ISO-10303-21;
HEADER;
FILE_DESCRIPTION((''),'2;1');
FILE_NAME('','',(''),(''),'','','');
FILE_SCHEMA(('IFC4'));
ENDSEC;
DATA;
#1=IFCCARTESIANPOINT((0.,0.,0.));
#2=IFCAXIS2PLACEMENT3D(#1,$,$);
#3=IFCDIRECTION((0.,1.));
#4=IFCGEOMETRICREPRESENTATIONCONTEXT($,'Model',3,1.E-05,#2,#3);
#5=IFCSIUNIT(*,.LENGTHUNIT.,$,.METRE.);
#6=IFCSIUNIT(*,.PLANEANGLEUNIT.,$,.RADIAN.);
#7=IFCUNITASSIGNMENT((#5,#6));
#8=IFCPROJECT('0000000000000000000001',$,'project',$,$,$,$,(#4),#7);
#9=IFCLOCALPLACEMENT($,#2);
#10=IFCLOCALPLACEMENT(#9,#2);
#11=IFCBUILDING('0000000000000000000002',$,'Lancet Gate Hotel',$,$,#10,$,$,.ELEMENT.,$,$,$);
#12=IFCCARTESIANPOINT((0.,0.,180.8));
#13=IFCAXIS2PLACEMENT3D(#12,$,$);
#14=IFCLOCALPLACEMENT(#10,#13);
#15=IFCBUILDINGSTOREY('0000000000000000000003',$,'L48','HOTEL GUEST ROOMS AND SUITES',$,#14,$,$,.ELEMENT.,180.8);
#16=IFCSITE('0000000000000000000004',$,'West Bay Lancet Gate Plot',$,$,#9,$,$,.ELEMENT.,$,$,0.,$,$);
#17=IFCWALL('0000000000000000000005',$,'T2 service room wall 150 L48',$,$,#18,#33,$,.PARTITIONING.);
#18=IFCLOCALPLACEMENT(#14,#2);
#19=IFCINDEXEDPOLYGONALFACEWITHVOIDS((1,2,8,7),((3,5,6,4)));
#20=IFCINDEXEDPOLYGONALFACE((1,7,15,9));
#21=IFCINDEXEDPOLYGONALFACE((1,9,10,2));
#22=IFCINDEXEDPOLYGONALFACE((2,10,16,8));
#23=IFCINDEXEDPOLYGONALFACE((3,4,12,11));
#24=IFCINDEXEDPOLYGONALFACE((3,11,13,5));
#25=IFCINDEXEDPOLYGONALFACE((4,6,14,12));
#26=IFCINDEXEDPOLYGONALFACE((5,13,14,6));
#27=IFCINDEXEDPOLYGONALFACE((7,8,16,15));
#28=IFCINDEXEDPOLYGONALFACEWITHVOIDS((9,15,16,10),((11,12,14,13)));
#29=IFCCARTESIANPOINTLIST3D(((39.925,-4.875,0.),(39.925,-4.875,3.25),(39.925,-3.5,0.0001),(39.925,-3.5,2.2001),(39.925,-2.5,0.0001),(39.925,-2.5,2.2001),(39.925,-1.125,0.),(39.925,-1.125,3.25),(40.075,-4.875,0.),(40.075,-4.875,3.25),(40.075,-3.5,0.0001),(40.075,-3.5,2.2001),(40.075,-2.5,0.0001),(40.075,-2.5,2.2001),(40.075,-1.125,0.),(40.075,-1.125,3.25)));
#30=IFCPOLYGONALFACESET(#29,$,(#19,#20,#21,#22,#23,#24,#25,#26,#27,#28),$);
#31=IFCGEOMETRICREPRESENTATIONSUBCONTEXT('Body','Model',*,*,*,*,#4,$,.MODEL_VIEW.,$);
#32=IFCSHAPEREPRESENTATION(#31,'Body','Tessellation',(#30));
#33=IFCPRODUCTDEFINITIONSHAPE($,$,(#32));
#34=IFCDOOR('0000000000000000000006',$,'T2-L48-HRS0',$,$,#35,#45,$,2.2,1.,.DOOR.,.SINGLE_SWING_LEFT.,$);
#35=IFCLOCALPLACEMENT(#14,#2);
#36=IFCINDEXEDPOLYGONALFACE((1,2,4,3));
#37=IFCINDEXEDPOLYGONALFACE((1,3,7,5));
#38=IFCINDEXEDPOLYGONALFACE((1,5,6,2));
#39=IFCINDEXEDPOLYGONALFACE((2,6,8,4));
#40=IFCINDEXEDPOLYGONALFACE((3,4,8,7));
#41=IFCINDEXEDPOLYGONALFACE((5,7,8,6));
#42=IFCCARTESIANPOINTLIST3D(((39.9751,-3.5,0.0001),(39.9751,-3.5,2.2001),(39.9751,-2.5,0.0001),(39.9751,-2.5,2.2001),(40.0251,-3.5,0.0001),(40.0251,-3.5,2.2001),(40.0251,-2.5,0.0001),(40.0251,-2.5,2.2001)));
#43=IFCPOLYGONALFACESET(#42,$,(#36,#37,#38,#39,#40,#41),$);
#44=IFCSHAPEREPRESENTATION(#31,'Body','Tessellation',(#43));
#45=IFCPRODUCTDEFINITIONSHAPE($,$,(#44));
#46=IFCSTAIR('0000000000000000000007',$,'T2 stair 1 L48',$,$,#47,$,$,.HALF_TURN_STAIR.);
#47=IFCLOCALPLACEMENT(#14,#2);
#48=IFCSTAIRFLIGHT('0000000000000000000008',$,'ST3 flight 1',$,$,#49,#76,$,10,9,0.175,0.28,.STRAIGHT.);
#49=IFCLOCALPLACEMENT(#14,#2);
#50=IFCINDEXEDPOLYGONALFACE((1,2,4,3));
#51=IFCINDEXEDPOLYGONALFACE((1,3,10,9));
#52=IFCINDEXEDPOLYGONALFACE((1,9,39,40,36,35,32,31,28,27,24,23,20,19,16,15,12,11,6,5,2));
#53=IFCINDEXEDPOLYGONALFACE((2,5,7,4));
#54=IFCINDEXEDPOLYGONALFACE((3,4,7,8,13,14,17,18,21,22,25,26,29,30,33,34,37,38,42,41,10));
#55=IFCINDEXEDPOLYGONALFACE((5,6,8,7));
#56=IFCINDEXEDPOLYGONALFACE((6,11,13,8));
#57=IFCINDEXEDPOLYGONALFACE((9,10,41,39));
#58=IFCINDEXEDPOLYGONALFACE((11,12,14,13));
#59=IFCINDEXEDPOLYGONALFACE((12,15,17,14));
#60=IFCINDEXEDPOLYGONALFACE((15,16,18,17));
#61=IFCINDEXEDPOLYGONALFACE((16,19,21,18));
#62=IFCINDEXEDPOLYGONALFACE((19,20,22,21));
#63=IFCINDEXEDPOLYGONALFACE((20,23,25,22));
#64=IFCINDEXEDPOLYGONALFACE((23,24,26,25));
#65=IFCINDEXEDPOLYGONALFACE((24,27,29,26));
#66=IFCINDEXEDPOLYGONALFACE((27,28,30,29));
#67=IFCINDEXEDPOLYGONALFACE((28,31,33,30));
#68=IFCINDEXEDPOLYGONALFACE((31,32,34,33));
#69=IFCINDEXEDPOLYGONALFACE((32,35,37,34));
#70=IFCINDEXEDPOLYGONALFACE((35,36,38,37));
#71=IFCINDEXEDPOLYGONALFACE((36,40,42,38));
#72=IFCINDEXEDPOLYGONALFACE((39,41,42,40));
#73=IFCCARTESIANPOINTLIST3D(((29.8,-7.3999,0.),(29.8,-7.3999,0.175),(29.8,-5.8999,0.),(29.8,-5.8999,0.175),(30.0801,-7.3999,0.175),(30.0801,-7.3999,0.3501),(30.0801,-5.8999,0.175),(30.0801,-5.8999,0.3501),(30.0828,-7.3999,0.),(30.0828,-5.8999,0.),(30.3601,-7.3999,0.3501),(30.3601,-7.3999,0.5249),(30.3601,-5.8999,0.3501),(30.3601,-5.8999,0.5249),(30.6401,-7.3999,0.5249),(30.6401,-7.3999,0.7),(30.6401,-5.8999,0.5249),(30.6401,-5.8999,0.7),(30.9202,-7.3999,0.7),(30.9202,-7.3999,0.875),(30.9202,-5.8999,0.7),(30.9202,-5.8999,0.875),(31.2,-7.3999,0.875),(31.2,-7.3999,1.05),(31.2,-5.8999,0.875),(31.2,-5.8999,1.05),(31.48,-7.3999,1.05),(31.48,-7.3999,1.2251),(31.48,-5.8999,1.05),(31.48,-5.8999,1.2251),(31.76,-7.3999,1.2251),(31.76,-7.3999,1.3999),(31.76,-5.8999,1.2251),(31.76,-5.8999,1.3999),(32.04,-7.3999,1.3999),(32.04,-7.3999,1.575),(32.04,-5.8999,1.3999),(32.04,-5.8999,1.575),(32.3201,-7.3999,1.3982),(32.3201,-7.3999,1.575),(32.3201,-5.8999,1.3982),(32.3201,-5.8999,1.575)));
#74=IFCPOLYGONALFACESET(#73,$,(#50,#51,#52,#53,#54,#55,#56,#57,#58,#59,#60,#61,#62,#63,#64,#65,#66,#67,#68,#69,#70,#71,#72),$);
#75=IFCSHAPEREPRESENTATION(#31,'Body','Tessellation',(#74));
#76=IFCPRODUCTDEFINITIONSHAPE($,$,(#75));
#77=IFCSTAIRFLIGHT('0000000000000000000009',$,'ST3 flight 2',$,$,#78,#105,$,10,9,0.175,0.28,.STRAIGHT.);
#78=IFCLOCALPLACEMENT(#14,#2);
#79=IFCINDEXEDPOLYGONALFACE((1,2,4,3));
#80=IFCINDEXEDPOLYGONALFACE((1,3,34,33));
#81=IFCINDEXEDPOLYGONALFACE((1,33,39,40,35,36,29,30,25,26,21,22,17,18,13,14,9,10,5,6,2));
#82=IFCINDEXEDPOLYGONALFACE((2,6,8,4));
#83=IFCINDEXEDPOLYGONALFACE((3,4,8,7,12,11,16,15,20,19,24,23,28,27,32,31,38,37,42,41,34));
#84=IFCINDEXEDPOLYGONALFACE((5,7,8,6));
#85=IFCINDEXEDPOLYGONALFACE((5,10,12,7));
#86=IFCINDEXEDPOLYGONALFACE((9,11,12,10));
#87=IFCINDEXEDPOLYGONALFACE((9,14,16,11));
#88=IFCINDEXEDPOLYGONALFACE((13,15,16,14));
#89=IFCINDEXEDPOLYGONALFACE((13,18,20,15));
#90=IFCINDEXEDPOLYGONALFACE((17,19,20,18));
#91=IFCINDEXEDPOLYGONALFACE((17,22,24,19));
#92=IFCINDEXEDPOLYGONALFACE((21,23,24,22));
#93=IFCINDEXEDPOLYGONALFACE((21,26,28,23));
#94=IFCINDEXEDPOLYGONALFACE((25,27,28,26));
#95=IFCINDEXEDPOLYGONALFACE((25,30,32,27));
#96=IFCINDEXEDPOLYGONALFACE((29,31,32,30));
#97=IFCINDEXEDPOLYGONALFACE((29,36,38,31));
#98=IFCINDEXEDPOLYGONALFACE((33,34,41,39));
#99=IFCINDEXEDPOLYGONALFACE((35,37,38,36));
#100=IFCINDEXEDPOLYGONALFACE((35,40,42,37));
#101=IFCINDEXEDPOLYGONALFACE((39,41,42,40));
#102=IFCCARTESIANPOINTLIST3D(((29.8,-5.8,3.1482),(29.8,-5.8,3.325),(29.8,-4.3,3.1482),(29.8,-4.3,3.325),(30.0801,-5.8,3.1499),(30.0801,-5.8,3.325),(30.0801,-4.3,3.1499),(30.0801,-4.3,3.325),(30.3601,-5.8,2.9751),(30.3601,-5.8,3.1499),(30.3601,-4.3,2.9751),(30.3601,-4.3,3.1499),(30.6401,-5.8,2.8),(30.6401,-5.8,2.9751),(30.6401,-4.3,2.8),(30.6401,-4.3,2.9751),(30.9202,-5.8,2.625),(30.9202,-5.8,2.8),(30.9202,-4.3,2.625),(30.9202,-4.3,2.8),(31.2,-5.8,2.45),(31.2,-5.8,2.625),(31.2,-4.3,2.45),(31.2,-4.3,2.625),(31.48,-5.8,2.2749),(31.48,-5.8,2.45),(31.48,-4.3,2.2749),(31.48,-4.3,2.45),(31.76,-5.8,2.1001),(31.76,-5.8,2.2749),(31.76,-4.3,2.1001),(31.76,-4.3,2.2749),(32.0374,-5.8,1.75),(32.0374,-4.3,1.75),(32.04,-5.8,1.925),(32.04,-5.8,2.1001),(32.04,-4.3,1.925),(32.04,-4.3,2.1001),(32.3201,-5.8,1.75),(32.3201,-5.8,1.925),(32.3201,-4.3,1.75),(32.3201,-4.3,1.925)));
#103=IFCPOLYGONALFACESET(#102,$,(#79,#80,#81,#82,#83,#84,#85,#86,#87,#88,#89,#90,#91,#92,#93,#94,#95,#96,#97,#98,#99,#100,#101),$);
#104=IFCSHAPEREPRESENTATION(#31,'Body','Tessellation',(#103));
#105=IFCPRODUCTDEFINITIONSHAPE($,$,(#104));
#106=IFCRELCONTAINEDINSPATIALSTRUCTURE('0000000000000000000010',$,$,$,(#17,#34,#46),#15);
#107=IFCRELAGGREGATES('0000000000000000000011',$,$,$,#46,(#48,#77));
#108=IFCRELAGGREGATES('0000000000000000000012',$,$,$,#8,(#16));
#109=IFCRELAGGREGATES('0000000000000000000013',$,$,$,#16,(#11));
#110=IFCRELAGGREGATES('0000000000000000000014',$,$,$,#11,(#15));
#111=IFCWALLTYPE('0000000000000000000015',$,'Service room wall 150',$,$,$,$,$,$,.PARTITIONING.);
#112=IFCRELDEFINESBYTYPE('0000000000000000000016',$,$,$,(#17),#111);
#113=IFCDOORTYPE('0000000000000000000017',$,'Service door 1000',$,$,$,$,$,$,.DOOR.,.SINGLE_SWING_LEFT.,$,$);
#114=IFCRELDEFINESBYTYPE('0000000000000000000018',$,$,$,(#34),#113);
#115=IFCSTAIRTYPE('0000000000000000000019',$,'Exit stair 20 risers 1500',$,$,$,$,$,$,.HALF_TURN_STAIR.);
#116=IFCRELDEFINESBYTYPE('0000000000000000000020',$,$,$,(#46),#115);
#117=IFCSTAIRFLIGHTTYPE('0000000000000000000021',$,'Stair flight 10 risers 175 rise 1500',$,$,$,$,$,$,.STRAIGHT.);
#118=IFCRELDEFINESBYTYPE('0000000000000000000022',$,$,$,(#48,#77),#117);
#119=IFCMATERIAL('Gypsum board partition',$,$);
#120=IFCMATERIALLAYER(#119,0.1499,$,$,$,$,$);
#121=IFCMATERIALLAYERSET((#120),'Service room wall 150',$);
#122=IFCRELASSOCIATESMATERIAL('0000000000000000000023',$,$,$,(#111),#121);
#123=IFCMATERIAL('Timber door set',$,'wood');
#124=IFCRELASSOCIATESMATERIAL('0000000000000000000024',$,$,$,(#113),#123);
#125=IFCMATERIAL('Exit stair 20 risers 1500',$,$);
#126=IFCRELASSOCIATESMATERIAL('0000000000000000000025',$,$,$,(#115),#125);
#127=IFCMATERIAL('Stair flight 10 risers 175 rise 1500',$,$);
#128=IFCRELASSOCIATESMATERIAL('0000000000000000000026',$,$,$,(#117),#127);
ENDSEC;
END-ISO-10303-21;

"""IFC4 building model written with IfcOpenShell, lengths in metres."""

from ifc_helpers import new_model, si_unit, direction, frame, frame_2d, origin, place, context, subcontext, project, spatial, polyline, rectangle, outline, extrude, material, layer, layer_set, type_object, element, fill, aggregate, save


model = new_model("IFC4")

# Units and contexts
model_context = context("Model", 3, precision=1e-05, world=origin(), true_north=direction((0.0, 1.0)))
body_context = subcontext(model_context, "Body", "Model", "MODEL_VIEW")
ifc_project = project(units=[si_unit("LENGTHUNIT", "METRE"), si_unit("PLANEANGLEUNIT", "RADIAN")], contexts=[model_context])

# Site, building, storey
site_placement = place(None, origin())
site = spatial("IfcSite", under=ifc_project, at=site_placement, Name="West Bay Lancet Gate Plot", CompositionType="ELEMENT", RefElevation=0.0)
building_placement = place(site_placement, origin())
building = spatial("IfcBuilding", under=site, at=building_placement, Name="Lancet Gate Hotel", CompositionType="ELEMENT")
storey_placement = place(building_placement, frame((0.0, 0.0, 180.8)))
storey = spatial("IfcBuildingStorey", under=building, at=storey_placement, Name="L48", Description="HOTEL GUEST ROOMS AND SUITES", CompositionType="ELEMENT", Elevation=180.8)

# Shared definitions
ifc_material_1 = material(Name="Gypsum board partition")
ifc_layer_1 = layer(ifc_material_1, 0.1499)
ifc_layer_set_1 = layer_set([ifc_layer_1], Name="Service room wall 150")
wall_type_1 = type_object("IfcWallType", Name="Service room wall 150", PredefinedType="PARTITIONING", material=ifc_layer_set_1)

# Wall, opening, door
wall_1_placement = place(storey_placement, frame((40.0, -4.875, 0.0), z_axis=(0.0, 0.0, 1.0), x_axis=(0.0, 1.0, 0.0)))
wall_1 = element("IfcWall", 1, at=wall_1_placement, inside=storey, type_object=wall_type_1, Name="T2 service room wall 150 L48", PredefinedType="PARTITIONING", context=body_context, shape_type="SweptSolid", body=[
    extrude(rectangle(XDim=3.75, YDim=0.1499, at=frame_2d((1.875, 0.0))), origin(), (0.0, 0.0, 1.0), 3.25),
])
opening_1_placement = place(wall_1_placement, frame((1.375, 0.0, 0.0)))
opening_1 = element("IfcOpeningElement", 2, at=opening_1_placement, cuts=wall_1, PredefinedType="OPENING", context=body_context, shape_type="SweptSolid", body=[
    extrude(rectangle(XDim=1.0, YDim=2.2, at=frame_2d((0.5, 1.1001))), frame((0.0, 0.085, 0.0), z_axis=(0.0, -1.0, 0.0), x_axis=(1.0, 0.0, 0.0)), (0.0, 0.0, 1.0), 0.1699),
])
ifc_material_2 = material(Name="Timber door set", Category="wood")
door_type_1 = type_object("IfcDoorType", Name="Service door 1000", OperationType="SINGLE_SWING_LEFT", PredefinedType="DOOR", material=ifc_material_2)
door_1_placement = place(opening_1_placement, origin())
door_1 = element("IfcDoor", 3, at=door_1_placement, inside=storey, type_object=door_type_1, Name="T2-L48-HRS0", OperationType="SINGLE_SWING_LEFT", OverallHeight=2.2, OverallWidth=1.0, PredefinedType="DOOR", context=body_context, shape_type="SweptSolid", body=[
    extrude(rectangle(XDim=1.0, YDim=2.2, at=frame_2d((0.5, 1.1001))), frame((0.0, 0.0249, 0.0), z_axis=(0.0, -1.0, 0.0), x_axis=(1.0, 0.0, 0.0)), (0.0, 0.0, 1.0), 0.05),
])
fill(opening_1, door_1)

# Stair, stair flights
ifc_material_3 = material(Name="Exit stair 20 risers 1500")
stair_type = type_object("IfcStairType", Name="Exit stair 20 risers 1500", PredefinedType="HALF_TURN_STAIR", material=ifc_material_3)
stair_placement = place(storey_placement, origin())
stair = element("IfcStair", 4, at=stair_placement, inside=storey, type_object=stair_type, Name="T2 stair 1 L48", PredefinedType="HALF_TURN_STAIR")
ifc_material_4 = material(Name="Stair flight 10 risers 175 rise 1500")
stair_flight_type = type_object("IfcStairFlightType", Name="Stair flight 10 risers 175 rise 1500", PredefinedType="STRAIGHT", material=ifc_material_4)
stair_flight_1_placement = place(storey_placement, frame((29.8, -6.6499, 0.0), z_axis=(0.0, 0.0, 1.0), x_axis=(1.0, 0.0, 0.0)))
stair_flight_1 = element("IfcStairFlight", 5, at=stair_flight_1_placement, type_object=stair_flight_type, Name="ST3 flight 1", NumberOfRisers=10, NumberOfTreads=9, PredefinedType="STRAIGHT", RiserHeight=0.175, TreadLength=0.28, context=body_context, shape_type="SweptSolid", body=[
    extrude(outline(polyline([(0.0, 0.0), (0.0, 0.175), (0.28, 0.175), (0.28, 0.3501), (0.5601, 0.3501), (0.5601, 0.5249), (0.8401, 0.5249), (0.8401, 0.7), (1.1201, 0.7), (1.1201, 0.875), (1.3999, 0.875), (1.3999, 1.05), (1.6799, 1.05), (1.6799, 1.2251), (1.96, 1.2251), (1.96, 1.3999), (2.24, 1.3999), (2.24, 1.575), (2.52, 1.575), (2.52, 1.75), (2.52, 1.3982), (0.2827, 0.0), (0.0, 0.0)])), frame((0.0, 0.75, 0.0), z_axis=(0.0, -1.0, 0.0), x_axis=(1.0, 0.0, 0.0)), (0.0, 0.0, 1.0), 1.5),
])
stair_flight_2_placement = place(storey_placement, frame((32.3201, -5.05, 1.75), z_axis=(0.0, 0.0, 1.0), x_axis=(-1.0, 0.0, 0.0)))
stair_flight_2 = element("IfcStairFlight", 6, at=stair_flight_2_placement, type_object=stair_flight_type, Name="ST3 flight 2", NumberOfRisers=10, NumberOfTreads=9, PredefinedType="STRAIGHT", RiserHeight=0.175, TreadLength=0.28, context=body_context, shape_type="SweptSolid", body=[
    extrude(outline(polyline([(0.0, 0.0), (0.0, 0.175), (0.28, 0.175), (0.28, 0.3501), (0.5601, 0.3501), (0.5601, 0.5249), (0.8401, 0.5249), (0.8401, 0.7), (1.1201, 0.7), (1.1201, 0.875), (1.3999, 0.875), (1.3999, 1.05), (1.6799, 1.05), (1.6799, 1.2251), (1.96, 1.2251), (1.96, 1.3999), (2.24, 1.3999), (2.24, 1.575), (2.52, 1.575), (2.52, 1.75), (2.52, 1.3982), (0.2827, 0.0), (0.0, 0.0)])), frame((0.0, 0.75, 0.0), z_axis=(0.0, -1.0, 0.0), x_axis=(1.0, 0.0, 0.0)), (0.0, 0.0, 1.0), 1.5),
])
aggregate(stair, [stair_flight_1, stair_flight_2])

save(model, "model.ifc")
